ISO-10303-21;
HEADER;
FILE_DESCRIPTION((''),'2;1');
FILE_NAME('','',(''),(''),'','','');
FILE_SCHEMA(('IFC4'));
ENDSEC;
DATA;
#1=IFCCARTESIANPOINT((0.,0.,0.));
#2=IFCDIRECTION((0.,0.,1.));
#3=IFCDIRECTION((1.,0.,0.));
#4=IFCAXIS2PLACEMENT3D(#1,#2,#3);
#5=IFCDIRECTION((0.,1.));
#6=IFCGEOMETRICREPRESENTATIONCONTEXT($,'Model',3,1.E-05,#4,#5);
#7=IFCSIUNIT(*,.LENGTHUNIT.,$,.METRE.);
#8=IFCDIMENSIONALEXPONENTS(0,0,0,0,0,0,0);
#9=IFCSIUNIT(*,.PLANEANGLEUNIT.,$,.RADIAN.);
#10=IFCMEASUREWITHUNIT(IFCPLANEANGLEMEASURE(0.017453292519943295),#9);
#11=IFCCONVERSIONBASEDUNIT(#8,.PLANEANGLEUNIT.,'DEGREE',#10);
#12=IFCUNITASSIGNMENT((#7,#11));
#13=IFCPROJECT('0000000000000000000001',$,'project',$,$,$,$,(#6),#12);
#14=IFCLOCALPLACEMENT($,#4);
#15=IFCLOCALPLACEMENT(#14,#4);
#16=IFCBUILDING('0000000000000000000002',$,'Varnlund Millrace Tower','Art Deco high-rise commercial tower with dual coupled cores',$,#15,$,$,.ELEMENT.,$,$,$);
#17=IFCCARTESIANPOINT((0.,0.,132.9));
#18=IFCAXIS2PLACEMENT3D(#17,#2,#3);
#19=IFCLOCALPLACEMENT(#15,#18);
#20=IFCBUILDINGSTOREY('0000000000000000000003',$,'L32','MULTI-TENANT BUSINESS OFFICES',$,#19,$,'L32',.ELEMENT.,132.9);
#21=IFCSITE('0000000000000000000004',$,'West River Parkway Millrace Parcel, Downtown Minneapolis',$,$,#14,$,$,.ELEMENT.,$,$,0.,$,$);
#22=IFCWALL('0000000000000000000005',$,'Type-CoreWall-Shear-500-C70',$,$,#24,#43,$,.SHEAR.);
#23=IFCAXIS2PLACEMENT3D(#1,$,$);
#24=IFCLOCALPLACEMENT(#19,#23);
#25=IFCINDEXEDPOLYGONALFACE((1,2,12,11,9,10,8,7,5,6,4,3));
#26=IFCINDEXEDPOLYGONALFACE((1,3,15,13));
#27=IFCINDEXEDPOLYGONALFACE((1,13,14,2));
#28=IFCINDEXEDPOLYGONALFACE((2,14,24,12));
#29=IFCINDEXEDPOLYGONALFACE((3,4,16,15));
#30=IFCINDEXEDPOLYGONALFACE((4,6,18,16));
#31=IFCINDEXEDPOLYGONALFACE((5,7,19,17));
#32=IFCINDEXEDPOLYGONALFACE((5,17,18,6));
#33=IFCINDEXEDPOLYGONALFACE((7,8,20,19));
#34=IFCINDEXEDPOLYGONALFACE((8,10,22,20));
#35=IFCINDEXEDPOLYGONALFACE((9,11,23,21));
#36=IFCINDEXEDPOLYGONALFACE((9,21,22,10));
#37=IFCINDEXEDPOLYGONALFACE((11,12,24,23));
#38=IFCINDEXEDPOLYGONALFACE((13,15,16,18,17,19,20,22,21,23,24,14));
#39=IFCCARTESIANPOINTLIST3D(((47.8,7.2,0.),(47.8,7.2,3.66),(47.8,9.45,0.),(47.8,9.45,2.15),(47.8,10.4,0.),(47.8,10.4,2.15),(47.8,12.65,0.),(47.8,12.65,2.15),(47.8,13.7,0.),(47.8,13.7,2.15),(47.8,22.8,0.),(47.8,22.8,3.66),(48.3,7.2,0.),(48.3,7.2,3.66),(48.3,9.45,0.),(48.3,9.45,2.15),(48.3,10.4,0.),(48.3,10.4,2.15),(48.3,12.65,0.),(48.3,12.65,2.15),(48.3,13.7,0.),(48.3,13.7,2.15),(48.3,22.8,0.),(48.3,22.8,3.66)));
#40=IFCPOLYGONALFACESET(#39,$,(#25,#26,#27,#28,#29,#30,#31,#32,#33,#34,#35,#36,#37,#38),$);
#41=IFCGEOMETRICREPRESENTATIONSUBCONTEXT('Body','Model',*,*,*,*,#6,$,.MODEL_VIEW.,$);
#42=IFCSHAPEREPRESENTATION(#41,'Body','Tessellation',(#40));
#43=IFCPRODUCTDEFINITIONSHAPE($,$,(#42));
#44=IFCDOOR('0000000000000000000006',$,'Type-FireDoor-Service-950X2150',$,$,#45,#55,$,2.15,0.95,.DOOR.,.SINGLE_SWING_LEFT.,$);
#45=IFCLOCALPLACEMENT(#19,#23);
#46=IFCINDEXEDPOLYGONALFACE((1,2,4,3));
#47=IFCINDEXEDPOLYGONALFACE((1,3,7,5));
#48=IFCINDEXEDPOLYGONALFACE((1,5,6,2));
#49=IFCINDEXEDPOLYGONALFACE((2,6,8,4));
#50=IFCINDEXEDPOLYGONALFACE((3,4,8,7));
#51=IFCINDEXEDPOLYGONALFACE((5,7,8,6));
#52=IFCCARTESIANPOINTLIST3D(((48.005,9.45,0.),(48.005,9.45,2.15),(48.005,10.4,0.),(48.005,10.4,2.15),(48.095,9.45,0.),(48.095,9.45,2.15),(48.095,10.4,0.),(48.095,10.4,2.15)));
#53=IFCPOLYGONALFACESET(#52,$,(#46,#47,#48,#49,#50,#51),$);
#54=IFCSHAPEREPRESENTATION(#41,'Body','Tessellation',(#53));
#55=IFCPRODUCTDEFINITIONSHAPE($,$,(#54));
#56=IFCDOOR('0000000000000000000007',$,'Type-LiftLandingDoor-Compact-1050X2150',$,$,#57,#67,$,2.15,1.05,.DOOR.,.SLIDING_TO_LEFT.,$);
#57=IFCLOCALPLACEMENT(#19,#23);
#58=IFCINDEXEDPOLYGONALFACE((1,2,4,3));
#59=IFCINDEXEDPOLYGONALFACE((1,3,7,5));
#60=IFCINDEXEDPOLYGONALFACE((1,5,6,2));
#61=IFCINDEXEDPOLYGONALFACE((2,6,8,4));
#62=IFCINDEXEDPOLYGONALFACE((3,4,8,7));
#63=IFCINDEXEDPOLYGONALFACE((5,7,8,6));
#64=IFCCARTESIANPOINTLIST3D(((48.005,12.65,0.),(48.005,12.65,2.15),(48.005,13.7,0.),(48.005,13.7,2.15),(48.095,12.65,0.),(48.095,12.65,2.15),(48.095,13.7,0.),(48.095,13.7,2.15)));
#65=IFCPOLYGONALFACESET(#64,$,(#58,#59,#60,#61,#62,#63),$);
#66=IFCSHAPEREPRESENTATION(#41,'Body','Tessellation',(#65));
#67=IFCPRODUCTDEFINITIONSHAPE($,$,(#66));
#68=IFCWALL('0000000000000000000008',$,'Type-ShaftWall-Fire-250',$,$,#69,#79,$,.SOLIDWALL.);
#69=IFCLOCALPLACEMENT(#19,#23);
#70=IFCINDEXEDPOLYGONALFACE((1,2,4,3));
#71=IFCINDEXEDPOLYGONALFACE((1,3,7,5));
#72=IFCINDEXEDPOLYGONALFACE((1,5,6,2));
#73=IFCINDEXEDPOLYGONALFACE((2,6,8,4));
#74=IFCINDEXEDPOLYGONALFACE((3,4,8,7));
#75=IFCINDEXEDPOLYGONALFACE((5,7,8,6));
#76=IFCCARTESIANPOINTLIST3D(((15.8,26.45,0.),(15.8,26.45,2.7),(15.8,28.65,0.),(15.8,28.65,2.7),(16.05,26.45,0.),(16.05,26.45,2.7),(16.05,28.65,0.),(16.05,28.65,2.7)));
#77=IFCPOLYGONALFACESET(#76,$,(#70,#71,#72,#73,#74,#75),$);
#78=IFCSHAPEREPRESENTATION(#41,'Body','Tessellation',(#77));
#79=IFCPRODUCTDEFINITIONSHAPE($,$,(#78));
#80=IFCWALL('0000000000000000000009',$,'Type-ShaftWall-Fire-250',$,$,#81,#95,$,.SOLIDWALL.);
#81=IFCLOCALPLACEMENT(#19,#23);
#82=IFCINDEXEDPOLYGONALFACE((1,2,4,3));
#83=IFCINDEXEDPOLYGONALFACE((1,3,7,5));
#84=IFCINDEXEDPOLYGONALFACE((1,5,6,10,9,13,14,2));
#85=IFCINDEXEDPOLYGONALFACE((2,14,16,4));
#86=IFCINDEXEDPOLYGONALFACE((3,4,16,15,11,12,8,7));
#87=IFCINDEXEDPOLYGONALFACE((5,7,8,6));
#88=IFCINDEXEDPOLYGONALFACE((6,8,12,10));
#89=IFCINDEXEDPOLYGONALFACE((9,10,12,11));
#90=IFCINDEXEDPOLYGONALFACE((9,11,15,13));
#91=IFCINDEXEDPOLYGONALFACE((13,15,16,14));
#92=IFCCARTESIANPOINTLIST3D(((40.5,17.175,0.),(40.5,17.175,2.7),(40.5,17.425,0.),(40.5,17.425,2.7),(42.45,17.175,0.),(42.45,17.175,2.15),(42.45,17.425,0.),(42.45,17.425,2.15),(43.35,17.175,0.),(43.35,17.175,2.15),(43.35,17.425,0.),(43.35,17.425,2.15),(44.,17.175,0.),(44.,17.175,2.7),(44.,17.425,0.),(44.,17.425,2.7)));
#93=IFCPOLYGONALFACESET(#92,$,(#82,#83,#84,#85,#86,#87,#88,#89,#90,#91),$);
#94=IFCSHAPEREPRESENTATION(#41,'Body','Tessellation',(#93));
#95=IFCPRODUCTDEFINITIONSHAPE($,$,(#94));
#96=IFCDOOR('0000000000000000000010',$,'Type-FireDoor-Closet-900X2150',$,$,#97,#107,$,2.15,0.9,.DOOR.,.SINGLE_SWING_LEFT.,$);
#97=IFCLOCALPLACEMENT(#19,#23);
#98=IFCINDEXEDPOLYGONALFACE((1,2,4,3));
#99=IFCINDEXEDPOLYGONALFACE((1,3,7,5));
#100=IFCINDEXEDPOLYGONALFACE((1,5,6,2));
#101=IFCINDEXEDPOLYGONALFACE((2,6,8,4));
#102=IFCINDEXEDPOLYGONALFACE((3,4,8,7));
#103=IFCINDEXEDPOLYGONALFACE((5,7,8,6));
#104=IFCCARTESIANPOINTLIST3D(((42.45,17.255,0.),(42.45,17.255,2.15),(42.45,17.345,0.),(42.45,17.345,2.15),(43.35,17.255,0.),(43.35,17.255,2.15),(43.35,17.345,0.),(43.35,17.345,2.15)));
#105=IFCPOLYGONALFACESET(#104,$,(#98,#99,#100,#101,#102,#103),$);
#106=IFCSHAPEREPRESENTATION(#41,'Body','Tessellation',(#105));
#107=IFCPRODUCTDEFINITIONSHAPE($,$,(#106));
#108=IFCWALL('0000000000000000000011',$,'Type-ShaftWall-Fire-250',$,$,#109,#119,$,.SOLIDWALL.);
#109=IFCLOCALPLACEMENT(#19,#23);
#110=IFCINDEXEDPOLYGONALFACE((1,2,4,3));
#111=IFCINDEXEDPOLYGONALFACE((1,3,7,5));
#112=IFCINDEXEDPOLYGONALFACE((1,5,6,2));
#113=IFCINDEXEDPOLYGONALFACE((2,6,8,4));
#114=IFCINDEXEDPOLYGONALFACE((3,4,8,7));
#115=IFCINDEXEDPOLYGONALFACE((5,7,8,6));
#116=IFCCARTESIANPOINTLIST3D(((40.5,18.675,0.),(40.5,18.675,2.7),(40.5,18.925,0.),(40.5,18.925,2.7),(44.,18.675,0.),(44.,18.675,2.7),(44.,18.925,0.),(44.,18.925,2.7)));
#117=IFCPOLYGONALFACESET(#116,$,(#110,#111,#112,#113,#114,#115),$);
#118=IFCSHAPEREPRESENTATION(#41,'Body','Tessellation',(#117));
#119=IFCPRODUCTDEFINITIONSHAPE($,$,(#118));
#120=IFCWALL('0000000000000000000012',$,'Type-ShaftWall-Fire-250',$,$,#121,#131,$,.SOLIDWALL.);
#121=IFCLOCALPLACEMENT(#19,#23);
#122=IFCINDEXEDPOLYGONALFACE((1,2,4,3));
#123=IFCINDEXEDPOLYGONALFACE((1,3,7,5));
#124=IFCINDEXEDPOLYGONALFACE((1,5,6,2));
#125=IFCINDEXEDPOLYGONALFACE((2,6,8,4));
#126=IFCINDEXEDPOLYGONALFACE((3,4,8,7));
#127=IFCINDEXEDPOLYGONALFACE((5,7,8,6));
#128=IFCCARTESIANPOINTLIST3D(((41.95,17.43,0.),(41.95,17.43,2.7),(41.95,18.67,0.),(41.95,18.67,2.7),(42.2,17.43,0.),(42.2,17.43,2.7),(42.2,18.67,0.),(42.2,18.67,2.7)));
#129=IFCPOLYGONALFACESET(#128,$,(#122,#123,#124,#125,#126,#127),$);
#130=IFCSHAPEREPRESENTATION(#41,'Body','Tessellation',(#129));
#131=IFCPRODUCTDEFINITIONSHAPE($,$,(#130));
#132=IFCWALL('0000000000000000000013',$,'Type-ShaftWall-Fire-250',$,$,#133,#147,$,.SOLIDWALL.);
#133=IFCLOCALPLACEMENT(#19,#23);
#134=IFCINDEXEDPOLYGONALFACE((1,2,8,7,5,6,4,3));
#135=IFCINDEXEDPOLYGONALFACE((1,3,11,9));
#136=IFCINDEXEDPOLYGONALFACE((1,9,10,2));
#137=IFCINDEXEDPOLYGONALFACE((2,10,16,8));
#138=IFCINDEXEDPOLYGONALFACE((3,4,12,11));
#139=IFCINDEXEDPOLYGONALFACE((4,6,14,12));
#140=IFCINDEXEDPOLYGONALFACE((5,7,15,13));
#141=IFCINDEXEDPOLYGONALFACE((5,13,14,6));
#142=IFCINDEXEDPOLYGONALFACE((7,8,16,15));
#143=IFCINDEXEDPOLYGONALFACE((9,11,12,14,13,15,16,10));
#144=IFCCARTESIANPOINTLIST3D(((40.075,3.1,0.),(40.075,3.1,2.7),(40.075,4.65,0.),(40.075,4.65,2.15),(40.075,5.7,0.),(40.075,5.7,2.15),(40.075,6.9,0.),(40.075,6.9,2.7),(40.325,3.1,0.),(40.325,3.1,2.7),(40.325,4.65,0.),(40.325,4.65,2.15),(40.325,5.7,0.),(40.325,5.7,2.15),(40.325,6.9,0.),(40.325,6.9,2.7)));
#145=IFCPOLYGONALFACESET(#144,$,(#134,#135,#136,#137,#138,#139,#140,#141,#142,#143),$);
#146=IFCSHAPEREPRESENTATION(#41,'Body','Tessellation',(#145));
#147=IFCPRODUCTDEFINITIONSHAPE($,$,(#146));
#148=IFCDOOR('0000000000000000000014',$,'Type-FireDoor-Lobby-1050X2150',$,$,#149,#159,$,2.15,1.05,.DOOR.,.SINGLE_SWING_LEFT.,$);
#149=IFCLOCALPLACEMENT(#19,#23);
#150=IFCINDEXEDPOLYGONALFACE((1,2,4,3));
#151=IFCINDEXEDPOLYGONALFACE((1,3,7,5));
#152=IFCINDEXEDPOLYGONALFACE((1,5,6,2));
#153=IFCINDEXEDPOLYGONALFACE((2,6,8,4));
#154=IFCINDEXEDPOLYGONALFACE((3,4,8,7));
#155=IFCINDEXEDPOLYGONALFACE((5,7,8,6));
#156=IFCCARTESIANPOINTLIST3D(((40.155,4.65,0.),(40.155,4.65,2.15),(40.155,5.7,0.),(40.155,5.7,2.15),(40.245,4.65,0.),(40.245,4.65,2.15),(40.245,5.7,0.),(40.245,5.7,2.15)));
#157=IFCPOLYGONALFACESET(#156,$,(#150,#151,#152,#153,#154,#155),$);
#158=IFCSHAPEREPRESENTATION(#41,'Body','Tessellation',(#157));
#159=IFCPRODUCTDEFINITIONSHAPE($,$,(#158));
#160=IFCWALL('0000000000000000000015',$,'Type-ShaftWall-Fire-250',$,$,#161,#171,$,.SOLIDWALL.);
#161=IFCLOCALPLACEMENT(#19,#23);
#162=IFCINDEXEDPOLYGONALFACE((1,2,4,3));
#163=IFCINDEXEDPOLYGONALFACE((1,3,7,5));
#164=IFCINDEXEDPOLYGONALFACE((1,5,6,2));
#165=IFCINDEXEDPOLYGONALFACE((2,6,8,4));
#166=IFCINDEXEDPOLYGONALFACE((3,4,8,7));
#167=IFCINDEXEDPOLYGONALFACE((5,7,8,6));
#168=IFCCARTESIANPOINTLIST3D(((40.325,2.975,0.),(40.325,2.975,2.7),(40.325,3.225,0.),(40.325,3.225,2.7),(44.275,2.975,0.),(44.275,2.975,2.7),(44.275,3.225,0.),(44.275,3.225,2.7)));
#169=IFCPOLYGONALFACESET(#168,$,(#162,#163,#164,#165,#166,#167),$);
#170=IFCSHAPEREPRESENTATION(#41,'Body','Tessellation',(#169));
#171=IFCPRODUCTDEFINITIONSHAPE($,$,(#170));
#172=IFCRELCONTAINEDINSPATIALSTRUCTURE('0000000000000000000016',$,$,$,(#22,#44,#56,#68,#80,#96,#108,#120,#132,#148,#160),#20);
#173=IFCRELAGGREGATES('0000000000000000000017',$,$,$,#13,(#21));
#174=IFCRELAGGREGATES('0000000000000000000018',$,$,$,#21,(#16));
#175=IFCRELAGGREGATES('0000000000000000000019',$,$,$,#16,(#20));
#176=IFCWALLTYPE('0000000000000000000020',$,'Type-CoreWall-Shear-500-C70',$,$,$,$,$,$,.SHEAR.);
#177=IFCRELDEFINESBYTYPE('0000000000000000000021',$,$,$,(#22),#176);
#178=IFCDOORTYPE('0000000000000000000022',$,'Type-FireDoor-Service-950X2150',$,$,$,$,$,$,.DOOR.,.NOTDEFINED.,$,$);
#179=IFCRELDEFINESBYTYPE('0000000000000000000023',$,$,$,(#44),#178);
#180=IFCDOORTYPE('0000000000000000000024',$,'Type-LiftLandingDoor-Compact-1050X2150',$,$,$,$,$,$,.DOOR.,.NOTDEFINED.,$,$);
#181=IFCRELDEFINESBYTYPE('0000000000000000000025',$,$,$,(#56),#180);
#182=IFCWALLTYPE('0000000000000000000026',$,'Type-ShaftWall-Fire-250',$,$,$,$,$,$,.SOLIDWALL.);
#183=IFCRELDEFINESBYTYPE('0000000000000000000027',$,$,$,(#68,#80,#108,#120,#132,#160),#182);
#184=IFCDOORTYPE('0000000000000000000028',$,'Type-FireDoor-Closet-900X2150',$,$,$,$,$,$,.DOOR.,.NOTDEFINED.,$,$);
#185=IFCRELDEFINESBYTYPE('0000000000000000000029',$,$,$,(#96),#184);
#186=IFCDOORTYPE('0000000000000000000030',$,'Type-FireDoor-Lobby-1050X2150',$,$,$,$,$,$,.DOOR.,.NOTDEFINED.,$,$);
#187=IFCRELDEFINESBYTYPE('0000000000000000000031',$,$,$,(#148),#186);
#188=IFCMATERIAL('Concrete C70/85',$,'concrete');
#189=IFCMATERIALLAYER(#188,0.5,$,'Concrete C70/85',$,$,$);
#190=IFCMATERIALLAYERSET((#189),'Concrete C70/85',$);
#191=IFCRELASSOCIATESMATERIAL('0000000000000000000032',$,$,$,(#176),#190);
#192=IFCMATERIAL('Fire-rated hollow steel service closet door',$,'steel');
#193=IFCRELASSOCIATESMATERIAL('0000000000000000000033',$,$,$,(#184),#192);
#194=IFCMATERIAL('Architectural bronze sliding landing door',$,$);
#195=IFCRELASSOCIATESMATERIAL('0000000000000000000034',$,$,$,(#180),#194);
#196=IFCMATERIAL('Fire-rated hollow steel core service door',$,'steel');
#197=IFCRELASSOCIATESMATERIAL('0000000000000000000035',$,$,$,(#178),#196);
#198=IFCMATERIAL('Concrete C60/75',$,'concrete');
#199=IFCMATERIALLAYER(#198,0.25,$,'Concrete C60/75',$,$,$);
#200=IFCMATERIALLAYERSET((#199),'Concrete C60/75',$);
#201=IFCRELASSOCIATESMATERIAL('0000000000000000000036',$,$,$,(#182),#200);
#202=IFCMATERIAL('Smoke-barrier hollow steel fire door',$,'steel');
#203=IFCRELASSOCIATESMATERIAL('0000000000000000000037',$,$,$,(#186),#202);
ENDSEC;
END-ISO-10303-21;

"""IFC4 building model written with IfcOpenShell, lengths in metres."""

from ifc_helpers import new_model, entity, si_unit, converted_unit, direction, frame, origin_with_axes, origin_2d_with_axis, place, context, subcontext, project, spatial, polyline, rectangle, outline, extrude, material, layer, layer_set, type_object, element, fill, save


model = new_model("IFC4")

# Units and contexts
model_context = context("Model", 3, precision=1e-05, world=origin_with_axes(), true_north=direction((0.0, 1.0)))
body_context = subcontext(model_context, "Body", "Model", "MODEL_VIEW")
ifc_project = project(units=[si_unit("LENGTHUNIT", "METRE"), converted_unit("PLANEANGLEUNIT", "DEGREE", entity("IfcPlaneAngleMeasure", 0.017453292519943295), si_unit("PLANEANGLEUNIT", "RADIAN"), dimensions=[0, 0, 0, 0, 0, 0, 0])], contexts=[model_context])

# Site, building, storey
site_placement = place(None, origin_with_axes())
site = spatial("IfcSite", under=ifc_project, at=site_placement, Name="West River Parkway Millrace Parcel, Downtown Minneapolis", CompositionType="ELEMENT", RefElevation=0.0)
building_placement = place(site_placement, origin_with_axes())
building = spatial("IfcBuilding", under=site, at=building_placement, Name="Varnlund Millrace Tower", Description="Art Deco high-rise commercial tower with dual coupled cores", CompositionType="ELEMENT")
storey_placement = place(building_placement, frame((0.0, 0.0, 132.9), z_axis=(0.0, 0.0, 1.0), x_axis=(1.0, 0.0, 0.0)))
storey = spatial("IfcBuildingStorey", under=building, at=storey_placement, Name="L32", Description="MULTI-TENANT BUSINESS OFFICES", LongName="L32", CompositionType="ELEMENT", Elevation=132.9)

# Shared definitions
ifc_material_1 = material(Name="Concrete C70/85", Category="concrete")
ifc_layer_1 = layer(ifc_material_1, 0.5, Name="Concrete C70/85")
ifc_layer_set_1 = layer_set([ifc_layer_1], Name="Concrete C70/85")
wall_type_1 = type_object("IfcWallType", Name="Type-CoreWall-Shear-500-C70", PredefinedType="SHEAR", material=ifc_layer_set_1)
ifc_material_2 = material(Name="Fire-rated hollow steel service closet door", Category="steel")
door_type_1 = type_object("IfcDoorType", Name="Type-FireDoor-Closet-900X2150", OperationType="NOTDEFINED", PredefinedType="DOOR", material=ifc_material_2)
ifc_material_3 = material(Name="Architectural bronze sliding landing door")
door_type_2 = type_object("IfcDoorType", Name="Type-LiftLandingDoor-Compact-1050X2150", OperationType="NOTDEFINED", PredefinedType="DOOR", material=ifc_material_3)

# Wall, openings, doors
wall_1_placement = place(storey_placement, frame((48.05, 7.2, 0.0), z_axis=(0.0, 0.0, 1.0), x_axis=(0.0, 1.0, 0.0)))
wall_1 = element("IfcWall", 1, at=wall_1_placement, inside=storey, type_object=wall_type_1, Name="Type-CoreWall-Shear-500-C70", PredefinedType="SHEAR", context=body_context, shape_type="SweptSolid", body=[
    extrude(outline(polyline([(0.0, -0.25), (15.6, -0.25), (15.6, 0.25), (0.0, 0.25), (0.0, -0.25)])), origin_with_axes(), (0.0, 0.0, 1.0), 3.66),
])
opening_1_placement = place(wall_1_placement, frame((5.975, 0.0, 0.0), z_axis=(0.0, 0.0, 1.0), x_axis=(1.0, 0.0, 0.0)))
opening_1 = element("IfcOpeningElement", 2, at=opening_1_placement, cuts=wall_1, PredefinedType="OPENING", context=body_context, shape_type="SweptSolid", body=[
    extrude(rectangle(XDim=1.05, YDim=0.52, at=origin_2d_with_axis()), origin_with_axes(), (0.0, 0.0, 1.0), 2.15),
])
opening_2_placement = place(wall_1_placement, frame((2.725, 0.0, 0.0), z_axis=(0.0, 0.0, 1.0), x_axis=(1.0, 0.0, 0.0)))
opening_2 = element("IfcOpeningElement", 3, at=opening_2_placement, cuts=wall_1, PredefinedType="OPENING", context=body_context, shape_type="SweptSolid", body=[
    extrude(rectangle(XDim=0.95, YDim=0.52, at=origin_2d_with_axis()), origin_with_axes(), (0.0, 0.0, 1.0), 2.15),
])
ifc_material_4 = material(Name="Fire-rated hollow steel core service door", Category="steel")
door_type_3 = type_object("IfcDoorType", Name="Type-FireDoor-Service-950X2150", OperationType="NOTDEFINED", PredefinedType="DOOR", material=ifc_material_4)
door_1_placement = place(wall_1_placement, frame((2.725, 0.0, 0.0), z_axis=(0.0, 0.0, 1.0), x_axis=(1.0, 0.0, 0.0)))
door_1 = element("IfcDoor", 4, at=door_1_placement, inside=storey, type_object=door_type_3, Name="Type-FireDoor-Service-950X2150", OperationType="SINGLE_SWING_LEFT", OverallHeight=2.15, OverallWidth=0.95, PredefinedType="DOOR", context=body_context, shape_type="SweptSolid", body=[
    extrude(rectangle(XDim=0.95, YDim=0.09, at=origin_2d_with_axis()), origin_with_axes(), (0.0, 0.0, 1.0), 2.15),
])
fill(opening_2, door_1)
door_2_placement = place(wall_1_placement, frame((5.975, 0.0, 0.0), z_axis=(0.0, 0.0, 1.0), x_axis=(1.0, 0.0, 0.0)))
door_2 = element("IfcDoor", 5, at=door_2_placement, inside=storey, type_object=door_type_2, Name="Type-LiftLandingDoor-Compact-1050X2150", OperationType="SLIDING_TO_LEFT", OverallHeight=2.15, OverallWidth=1.05, PredefinedType="DOOR", context=body_context, shape_type="SweptSolid", body=[
    extrude(rectangle(XDim=1.05, YDim=0.09, at=origin_2d_with_axis()), origin_with_axes(), (0.0, 0.0, 1.0), 2.15),
])
fill(opening_1, door_2)

# Wall
ifc_material_5 = material(Name="Concrete C60/75", Category="concrete")
ifc_layer_2 = layer(ifc_material_5, 0.25, Name="Concrete C60/75")
ifc_layer_set_2 = layer_set([ifc_layer_2], Name="Concrete C60/75")
wall_type_2 = type_object("IfcWallType", Name="Type-ShaftWall-Fire-250", PredefinedType="SOLIDWALL", material=ifc_layer_set_2)
wall_2_placement = place(storey_placement, frame((15.925, 26.45, 0.0), z_axis=(0.0, 0.0, 1.0), x_axis=(0.0, 1.0, 0.0)))
element("IfcWall", 6, at=wall_2_placement, inside=storey, type_object=wall_type_2, Name="Type-ShaftWall-Fire-250", PredefinedType="SOLIDWALL", context=body_context, shape_type="SweptSolid", body=[
    extrude(outline(polyline([(0.0, -0.125), (2.2, -0.125), (2.2, 0.125), (0.0, 0.125), (0.0, -0.125)])), origin_with_axes(), (0.0, 0.0, 1.0), 2.7),
])

# Wall, opening, door
wall_3_placement = place(storey_placement, frame((40.5, 17.3, 0.0), z_axis=(0.0, 0.0, 1.0), x_axis=(1.0, 0.0, 0.0)))
wall_3 = element("IfcWall", 7, at=wall_3_placement, inside=storey, type_object=wall_type_2, Name="Type-ShaftWall-Fire-250", PredefinedType="SOLIDWALL", context=body_context, shape_type="SweptSolid", body=[
    extrude(outline(polyline([(0.0, -0.125), (3.5, -0.125), (3.5, 0.125), (0.0, 0.125), (0.0, -0.125)])), origin_with_axes(), (0.0, 0.0, 1.0), 2.7),
])
opening_3_placement = place(wall_3_placement, frame((2.4, 0.0, 0.0), z_axis=(0.0, 0.0, 1.0), x_axis=(1.0, 0.0, 0.0)))
opening_3 = element("IfcOpeningElement", 8, at=opening_3_placement, cuts=wall_3, PredefinedType="OPENING", context=body_context, shape_type="SweptSolid", body=[
    extrude(rectangle(XDim=0.9, YDim=0.27, at=origin_2d_with_axis()), origin_with_axes(), (0.0, 0.0, 1.0), 2.15),
])
door_3_placement = place(wall_3_placement, frame((2.4, 0.0, 0.0), z_axis=(0.0, 0.0, 1.0), x_axis=(1.0, 0.0, 0.0)))
door_3 = element("IfcDoor", 9, at=door_3_placement, inside=storey, type_object=door_type_1, Name="Type-FireDoor-Closet-900X2150", OperationType="SINGLE_SWING_LEFT", OverallHeight=2.15, OverallWidth=0.9, PredefinedType="DOOR", context=body_context, shape_type="SweptSolid", body=[
    extrude(rectangle(XDim=0.9, YDim=0.09, at=origin_2d_with_axis()), origin_with_axes(), (0.0, 0.0, 1.0), 2.15),
])
fill(opening_3, door_3)

# Walls
wall_4_placement = place(storey_placement, frame((40.5, 18.8, 0.0), z_axis=(0.0, 0.0, 1.0), x_axis=(1.0, 0.0, 0.0)))
element("IfcWall", 10, at=wall_4_placement, inside=storey, type_object=wall_type_2, Name="Type-ShaftWall-Fire-250", PredefinedType="SOLIDWALL", context=body_context, shape_type="SweptSolid", body=[
    extrude(outline(polyline([(0.0, -0.125), (3.5, -0.125), (3.5, 0.125), (0.0, 0.125), (0.0, -0.125)])), origin_with_axes(), (0.0, 0.0, 1.0), 2.7),
])
wall_5_placement = place(storey_placement, frame((42.075, 17.43, 0.0), z_axis=(0.0, 0.0, 1.0), x_axis=(0.0, 1.0, 0.0)))
element("IfcWall", 11, at=wall_5_placement, inside=storey, type_object=wall_type_2, Name="Type-ShaftWall-Fire-250", PredefinedType="SOLIDWALL", context=body_context, shape_type="SweptSolid", body=[
    extrude(outline(polyline([(0.0, -0.125), (1.24, -0.125), (1.24, 0.125), (0.0, 0.125), (0.0, -0.125)])), origin_with_axes(), (0.0, 0.0, 1.0), 2.7),
])

# Wall, opening, door
wall_6_placement = place(storey_placement, frame((40.2, 3.1, 0.0), z_axis=(0.0, 0.0, 1.0), x_axis=(0.0, 1.0, 0.0)))
wall_6 = element("IfcWall", 12, at=wall_6_placement, inside=storey, type_object=wall_type_2, Name="Type-ShaftWall-Fire-250", PredefinedType="SOLIDWALL", context=body_context, shape_type="SweptSolid", body=[
    extrude(outline(polyline([(0.0, -0.125), (3.8, -0.125), (3.8, 0.125), (0.0, 0.125), (0.0, -0.125)])), origin_with_axes(), (0.0, 0.0, 1.0), 2.7),
])
opening_4_placement = place(wall_6_placement, frame((2.075, 0.0, 0.0), z_axis=(0.0, 0.0, 1.0), x_axis=(1.0, 0.0, 0.0)))
opening_4 = element("IfcOpeningElement", 13, at=opening_4_placement, cuts=wall_6, PredefinedType="OPENING", context=body_context, shape_type="SweptSolid", body=[
    extrude(rectangle(XDim=1.05, YDim=0.27, at=origin_2d_with_axis()), origin_with_axes(), (0.0, 0.0, 1.0), 2.15),
])
ifc_material_6 = material(Name="Smoke-barrier hollow steel fire door", Category="steel")
door_type_4 = type_object("IfcDoorType", Name="Type-FireDoor-Lobby-1050X2150", OperationType="NOTDEFINED", PredefinedType="DOOR", material=ifc_material_6)
door_4_placement = place(wall_6_placement, frame((2.075, 0.0, 0.0), z_axis=(0.0, 0.0, 1.0), x_axis=(1.0, 0.0, 0.0)))
door_4 = element("IfcDoor", 14, at=door_4_placement, inside=storey, type_object=door_type_4, Name="Type-FireDoor-Lobby-1050X2150", OperationType="SINGLE_SWING_LEFT", OverallHeight=2.15, OverallWidth=1.05, PredefinedType="DOOR", context=body_context, shape_type="SweptSolid", body=[
    extrude(rectangle(XDim=1.05, YDim=0.09, at=origin_2d_with_axis()), origin_with_axes(), (0.0, 0.0, 1.0), 2.15),
])
fill(opening_4, door_4)

# Wall
wall_7_placement = place(storey_placement, frame((40.325, 3.1, 0.0), z_axis=(0.0, 0.0, 1.0), x_axis=(1.0, 0.0, 0.0)))
element("IfcWall", 15, at=wall_7_placement, inside=storey, type_object=wall_type_2, Name="Type-ShaftWall-Fire-250", PredefinedType="SOLIDWALL", context=body_context, shape_type="SweptSolid", body=[
    extrude(outline(polyline([(0.0, -0.125), (3.95, -0.125), (3.95, 0.125), (0.0, 0.125), (0.0, -0.125)])), origin_with_axes(), (0.0, 0.0, 1.0), 2.7),
])

save(model, "model.ifc")
